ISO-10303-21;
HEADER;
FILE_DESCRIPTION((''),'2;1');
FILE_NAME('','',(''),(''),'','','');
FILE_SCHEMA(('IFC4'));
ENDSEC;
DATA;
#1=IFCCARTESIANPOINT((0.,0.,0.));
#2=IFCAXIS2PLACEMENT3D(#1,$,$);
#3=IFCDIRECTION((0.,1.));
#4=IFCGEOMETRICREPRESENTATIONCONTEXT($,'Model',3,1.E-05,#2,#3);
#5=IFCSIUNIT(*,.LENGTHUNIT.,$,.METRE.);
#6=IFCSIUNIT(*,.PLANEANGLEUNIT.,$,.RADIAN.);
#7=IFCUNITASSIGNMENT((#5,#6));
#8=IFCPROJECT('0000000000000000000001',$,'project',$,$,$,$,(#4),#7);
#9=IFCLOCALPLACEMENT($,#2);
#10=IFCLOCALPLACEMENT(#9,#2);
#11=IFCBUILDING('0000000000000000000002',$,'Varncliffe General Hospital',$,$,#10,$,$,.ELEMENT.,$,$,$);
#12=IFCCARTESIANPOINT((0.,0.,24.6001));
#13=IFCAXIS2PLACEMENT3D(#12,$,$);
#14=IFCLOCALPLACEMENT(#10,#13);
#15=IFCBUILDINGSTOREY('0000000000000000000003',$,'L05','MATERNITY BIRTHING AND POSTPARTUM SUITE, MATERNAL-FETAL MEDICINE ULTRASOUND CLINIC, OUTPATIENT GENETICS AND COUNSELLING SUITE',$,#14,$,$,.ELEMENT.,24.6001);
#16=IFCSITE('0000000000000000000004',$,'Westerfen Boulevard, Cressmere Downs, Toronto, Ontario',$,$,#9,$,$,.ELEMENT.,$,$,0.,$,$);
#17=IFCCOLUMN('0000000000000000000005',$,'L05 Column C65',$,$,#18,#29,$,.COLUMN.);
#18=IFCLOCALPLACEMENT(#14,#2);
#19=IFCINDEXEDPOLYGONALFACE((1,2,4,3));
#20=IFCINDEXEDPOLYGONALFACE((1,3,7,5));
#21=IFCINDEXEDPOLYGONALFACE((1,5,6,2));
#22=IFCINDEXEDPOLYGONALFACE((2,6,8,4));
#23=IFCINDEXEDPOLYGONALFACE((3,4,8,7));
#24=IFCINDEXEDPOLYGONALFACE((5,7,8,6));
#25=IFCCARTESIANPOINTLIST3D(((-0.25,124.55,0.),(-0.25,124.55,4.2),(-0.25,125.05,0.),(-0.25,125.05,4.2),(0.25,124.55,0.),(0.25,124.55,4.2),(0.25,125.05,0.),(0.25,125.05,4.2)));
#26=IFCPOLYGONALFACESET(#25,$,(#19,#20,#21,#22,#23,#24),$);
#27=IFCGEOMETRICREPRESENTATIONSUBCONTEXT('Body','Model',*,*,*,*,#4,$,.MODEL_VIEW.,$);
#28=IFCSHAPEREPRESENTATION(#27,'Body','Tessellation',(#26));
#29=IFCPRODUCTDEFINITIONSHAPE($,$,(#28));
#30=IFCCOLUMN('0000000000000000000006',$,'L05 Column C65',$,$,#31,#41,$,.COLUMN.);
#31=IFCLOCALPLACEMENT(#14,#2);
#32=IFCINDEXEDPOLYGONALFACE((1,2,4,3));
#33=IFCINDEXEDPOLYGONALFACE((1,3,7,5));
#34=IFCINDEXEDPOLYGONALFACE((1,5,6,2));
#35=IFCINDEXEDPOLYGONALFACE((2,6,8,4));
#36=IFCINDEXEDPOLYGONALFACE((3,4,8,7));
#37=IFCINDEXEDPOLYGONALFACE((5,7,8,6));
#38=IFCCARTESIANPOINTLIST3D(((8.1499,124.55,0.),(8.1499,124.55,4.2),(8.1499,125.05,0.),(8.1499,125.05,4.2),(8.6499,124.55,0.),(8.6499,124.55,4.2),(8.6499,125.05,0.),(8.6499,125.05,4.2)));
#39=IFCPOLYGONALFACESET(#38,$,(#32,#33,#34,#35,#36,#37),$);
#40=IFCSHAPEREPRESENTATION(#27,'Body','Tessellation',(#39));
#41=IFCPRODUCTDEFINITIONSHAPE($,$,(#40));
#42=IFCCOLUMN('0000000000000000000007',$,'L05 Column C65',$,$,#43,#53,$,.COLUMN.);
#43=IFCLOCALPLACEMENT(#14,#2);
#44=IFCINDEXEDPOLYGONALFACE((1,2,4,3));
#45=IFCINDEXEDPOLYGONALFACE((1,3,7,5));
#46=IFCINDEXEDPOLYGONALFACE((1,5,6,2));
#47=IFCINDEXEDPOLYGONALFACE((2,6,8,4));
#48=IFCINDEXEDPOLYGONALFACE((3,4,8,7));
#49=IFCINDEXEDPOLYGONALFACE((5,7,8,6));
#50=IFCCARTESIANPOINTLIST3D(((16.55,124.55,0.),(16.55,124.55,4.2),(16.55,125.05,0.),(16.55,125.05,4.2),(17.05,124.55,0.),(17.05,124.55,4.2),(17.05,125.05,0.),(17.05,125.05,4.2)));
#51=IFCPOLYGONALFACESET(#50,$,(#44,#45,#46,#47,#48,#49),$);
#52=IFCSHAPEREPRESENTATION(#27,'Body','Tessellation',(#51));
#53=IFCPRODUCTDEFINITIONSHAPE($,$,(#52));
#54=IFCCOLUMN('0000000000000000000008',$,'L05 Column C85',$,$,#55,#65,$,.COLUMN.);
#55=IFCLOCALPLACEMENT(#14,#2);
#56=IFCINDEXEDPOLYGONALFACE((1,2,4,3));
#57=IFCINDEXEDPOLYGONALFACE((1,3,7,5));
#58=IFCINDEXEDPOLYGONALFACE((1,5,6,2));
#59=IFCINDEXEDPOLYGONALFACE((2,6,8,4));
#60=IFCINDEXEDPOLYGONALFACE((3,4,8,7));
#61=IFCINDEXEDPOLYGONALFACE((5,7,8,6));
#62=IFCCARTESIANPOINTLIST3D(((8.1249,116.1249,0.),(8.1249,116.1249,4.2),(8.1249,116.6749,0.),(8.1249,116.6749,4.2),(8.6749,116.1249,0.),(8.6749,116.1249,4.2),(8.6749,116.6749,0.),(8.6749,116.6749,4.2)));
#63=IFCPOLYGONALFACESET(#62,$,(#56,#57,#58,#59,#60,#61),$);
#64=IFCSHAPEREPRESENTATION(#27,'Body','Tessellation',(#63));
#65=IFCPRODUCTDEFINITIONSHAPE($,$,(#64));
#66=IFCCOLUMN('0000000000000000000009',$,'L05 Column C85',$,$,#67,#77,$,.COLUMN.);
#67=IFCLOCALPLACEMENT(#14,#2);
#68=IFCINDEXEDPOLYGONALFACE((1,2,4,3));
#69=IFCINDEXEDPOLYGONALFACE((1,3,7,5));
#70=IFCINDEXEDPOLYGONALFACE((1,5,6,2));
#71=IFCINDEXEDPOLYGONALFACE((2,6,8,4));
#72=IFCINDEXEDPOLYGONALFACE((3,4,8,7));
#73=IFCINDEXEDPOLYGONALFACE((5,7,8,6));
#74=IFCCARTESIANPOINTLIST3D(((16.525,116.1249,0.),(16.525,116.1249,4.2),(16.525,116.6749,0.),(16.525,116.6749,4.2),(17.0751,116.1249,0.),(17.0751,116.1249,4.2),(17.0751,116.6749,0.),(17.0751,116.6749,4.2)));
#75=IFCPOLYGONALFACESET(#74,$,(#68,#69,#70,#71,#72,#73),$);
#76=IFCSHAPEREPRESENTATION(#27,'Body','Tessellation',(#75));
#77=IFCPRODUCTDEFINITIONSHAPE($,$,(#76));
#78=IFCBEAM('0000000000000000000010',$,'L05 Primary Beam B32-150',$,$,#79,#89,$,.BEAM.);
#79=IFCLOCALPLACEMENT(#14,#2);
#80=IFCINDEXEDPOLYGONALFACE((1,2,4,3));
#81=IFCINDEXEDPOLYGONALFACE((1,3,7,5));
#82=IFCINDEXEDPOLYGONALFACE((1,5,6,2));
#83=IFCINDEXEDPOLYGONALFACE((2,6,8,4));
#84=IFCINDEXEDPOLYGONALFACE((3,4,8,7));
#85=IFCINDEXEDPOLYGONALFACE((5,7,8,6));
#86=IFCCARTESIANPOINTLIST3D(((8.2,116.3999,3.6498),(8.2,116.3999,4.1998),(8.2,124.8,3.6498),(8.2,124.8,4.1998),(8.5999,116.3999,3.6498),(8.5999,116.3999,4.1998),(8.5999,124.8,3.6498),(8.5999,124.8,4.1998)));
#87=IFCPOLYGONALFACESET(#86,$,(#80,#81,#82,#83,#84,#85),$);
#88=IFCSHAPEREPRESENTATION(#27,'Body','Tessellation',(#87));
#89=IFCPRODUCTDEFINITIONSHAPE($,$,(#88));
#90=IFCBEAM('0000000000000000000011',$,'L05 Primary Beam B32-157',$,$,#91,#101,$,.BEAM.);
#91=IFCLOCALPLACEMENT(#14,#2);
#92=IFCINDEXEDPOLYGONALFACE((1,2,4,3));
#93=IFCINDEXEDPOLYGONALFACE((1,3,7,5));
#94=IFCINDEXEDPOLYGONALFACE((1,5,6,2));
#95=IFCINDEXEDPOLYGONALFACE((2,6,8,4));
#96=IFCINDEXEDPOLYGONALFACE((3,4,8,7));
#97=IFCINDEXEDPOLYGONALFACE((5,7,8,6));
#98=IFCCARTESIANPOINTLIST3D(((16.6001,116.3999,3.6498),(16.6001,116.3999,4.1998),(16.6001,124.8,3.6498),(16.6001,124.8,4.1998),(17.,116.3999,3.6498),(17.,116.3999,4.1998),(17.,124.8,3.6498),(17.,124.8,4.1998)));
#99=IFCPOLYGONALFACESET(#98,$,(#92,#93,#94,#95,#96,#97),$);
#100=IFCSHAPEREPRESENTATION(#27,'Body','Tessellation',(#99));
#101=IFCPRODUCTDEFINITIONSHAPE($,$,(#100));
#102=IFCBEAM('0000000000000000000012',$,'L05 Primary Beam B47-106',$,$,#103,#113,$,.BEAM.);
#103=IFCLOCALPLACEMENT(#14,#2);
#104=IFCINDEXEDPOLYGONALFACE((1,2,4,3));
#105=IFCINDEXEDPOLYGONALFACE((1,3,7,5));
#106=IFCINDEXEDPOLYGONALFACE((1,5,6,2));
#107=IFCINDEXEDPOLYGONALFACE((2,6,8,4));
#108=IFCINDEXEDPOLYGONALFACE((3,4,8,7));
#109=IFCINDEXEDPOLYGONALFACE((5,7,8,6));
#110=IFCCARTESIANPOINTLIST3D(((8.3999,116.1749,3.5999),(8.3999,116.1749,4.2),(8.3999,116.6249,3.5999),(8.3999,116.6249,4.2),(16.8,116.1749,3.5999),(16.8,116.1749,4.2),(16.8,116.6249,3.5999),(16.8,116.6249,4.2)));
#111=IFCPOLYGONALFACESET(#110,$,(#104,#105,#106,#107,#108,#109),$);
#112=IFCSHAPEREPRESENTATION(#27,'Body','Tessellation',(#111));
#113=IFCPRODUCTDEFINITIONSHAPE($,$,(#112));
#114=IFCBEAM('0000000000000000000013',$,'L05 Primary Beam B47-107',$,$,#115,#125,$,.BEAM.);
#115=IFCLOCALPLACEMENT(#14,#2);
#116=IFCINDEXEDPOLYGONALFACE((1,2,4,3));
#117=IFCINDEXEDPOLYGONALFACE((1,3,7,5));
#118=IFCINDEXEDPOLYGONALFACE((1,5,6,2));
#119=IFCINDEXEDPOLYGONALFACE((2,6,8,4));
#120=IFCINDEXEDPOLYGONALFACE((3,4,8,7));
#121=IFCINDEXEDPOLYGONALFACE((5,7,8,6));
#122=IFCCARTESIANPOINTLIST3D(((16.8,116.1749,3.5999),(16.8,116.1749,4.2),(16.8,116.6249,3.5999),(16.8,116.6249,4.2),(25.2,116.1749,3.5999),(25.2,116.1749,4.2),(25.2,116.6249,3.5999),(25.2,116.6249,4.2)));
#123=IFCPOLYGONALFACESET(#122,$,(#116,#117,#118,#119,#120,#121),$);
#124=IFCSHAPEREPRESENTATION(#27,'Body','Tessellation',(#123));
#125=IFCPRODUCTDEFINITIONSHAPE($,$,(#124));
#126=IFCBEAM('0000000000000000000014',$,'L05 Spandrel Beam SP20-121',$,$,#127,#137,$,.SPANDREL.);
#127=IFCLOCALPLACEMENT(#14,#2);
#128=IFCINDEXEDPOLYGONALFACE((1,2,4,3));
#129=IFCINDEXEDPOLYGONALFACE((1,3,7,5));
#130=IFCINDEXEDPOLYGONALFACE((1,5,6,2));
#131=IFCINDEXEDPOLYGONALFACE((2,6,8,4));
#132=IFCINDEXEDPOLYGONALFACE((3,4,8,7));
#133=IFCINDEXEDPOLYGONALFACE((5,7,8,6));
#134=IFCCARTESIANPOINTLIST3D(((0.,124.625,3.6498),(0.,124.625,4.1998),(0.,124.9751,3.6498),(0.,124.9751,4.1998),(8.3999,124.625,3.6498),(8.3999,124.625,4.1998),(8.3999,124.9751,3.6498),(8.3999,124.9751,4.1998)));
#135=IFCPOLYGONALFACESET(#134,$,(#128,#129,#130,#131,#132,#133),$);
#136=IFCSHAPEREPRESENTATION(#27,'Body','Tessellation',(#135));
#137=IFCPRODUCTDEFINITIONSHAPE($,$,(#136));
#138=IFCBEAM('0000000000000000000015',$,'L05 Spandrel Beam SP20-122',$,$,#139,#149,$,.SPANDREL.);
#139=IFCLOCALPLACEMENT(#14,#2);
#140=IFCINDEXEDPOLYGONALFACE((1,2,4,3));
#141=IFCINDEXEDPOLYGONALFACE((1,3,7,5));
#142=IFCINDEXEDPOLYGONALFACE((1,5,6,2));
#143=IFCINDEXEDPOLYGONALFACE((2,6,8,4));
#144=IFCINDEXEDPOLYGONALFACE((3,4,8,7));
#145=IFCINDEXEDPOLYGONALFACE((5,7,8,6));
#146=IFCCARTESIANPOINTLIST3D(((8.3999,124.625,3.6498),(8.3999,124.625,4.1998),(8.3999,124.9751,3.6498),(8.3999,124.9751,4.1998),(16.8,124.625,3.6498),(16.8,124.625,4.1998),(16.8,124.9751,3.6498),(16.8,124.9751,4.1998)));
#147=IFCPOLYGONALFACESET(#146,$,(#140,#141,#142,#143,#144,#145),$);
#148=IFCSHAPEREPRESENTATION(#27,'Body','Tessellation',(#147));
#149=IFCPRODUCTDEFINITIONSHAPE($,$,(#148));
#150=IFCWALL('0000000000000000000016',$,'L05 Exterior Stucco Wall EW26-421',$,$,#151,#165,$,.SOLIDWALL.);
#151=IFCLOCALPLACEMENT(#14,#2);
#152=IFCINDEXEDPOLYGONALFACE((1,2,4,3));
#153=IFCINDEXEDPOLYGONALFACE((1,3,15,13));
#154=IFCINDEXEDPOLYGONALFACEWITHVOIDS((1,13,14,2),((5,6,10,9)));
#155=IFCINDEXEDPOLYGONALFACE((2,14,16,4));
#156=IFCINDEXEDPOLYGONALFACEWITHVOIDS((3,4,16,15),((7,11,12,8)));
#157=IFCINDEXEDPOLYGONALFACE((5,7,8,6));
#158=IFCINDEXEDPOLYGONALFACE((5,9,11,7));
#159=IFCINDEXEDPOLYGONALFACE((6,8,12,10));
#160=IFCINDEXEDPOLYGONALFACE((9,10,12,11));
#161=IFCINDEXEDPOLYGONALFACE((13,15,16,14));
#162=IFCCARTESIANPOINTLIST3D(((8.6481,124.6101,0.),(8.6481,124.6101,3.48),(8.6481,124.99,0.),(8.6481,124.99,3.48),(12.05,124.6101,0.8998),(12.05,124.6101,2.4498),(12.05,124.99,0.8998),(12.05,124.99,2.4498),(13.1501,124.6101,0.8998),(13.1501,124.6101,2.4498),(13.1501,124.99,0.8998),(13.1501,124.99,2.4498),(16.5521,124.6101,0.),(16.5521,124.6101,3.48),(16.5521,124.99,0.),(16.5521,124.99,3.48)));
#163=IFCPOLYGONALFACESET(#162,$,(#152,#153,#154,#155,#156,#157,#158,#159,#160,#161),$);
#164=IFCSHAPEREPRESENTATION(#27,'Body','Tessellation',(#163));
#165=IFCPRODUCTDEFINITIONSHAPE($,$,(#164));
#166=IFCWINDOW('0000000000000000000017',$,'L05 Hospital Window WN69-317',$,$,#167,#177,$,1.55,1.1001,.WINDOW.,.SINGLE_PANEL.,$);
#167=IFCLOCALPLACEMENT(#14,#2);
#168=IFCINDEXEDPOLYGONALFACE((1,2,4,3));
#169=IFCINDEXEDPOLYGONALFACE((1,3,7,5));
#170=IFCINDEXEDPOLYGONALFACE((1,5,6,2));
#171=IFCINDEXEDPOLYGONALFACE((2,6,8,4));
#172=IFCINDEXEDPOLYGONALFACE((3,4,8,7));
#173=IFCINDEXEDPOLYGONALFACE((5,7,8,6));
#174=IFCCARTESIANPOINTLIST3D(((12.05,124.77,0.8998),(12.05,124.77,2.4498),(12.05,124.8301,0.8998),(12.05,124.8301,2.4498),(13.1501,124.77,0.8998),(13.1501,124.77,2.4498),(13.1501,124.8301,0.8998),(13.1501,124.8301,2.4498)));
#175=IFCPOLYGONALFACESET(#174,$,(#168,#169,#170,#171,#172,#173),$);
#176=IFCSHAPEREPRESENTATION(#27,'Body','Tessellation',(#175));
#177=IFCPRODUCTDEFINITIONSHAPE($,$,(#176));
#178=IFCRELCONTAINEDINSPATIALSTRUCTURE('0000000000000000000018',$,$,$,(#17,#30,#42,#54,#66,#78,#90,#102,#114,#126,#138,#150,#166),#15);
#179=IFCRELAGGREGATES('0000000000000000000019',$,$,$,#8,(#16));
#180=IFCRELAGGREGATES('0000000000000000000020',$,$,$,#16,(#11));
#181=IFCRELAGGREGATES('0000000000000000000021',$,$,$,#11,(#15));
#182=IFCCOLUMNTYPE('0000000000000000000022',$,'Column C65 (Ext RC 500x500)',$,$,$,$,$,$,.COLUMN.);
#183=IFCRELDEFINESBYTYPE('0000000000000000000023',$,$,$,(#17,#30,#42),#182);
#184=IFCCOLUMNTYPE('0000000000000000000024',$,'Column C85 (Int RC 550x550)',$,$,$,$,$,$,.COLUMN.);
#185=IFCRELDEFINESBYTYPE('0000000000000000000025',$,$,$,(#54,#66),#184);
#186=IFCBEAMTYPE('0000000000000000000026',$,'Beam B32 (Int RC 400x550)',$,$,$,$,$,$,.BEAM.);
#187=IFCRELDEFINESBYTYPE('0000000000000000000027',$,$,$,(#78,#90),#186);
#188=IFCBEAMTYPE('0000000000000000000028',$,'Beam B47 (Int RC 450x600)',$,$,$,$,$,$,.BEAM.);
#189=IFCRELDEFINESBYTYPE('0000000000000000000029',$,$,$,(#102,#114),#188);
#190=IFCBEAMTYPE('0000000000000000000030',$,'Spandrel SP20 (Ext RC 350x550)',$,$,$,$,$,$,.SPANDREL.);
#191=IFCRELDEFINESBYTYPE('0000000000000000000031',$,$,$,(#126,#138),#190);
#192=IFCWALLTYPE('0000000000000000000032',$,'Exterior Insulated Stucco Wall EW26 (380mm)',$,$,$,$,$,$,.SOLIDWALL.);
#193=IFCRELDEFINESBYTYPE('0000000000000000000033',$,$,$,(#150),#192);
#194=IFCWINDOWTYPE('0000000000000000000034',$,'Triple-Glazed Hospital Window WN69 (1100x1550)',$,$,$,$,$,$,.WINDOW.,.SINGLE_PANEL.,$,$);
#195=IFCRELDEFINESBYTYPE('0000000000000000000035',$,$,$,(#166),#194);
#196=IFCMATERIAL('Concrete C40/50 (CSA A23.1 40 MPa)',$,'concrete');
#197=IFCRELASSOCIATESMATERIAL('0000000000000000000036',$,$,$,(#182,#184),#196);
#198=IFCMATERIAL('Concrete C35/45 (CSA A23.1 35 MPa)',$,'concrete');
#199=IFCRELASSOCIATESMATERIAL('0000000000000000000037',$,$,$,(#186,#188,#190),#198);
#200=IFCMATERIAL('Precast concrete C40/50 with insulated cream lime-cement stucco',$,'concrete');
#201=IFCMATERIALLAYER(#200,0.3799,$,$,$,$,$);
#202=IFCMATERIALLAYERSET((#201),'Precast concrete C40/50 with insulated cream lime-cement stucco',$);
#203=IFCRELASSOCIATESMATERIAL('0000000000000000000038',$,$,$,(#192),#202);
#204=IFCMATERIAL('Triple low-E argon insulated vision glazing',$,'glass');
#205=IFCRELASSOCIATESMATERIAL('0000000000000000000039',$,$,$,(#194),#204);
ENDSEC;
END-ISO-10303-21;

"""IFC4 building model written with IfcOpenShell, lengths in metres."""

from ifc_helpers import new_model, si_unit, direction, frame, frame_2d, origin, origin_2d, place, context, subcontext, project, spatial, rectangle, extrude, material, layer, layer_set, material_profile, profile_set, type_object, element, fill, save


model = new_model("IFC4")

# Units and contexts
model_context = context("Model", 3, precision=1e-05, world=origin(), true_north=direction((0.0, 1.0)))
body_context = subcontext(model_context, "Body", "Model", "MODEL_VIEW")
ifc_project = project(units=[si_unit("LENGTHUNIT", "METRE"), si_unit("PLANEANGLEUNIT", "RADIAN")], contexts=[model_context])

# Site, building, storey
site_placement = place(None, origin())
site = spatial("IfcSite", under=ifc_project, at=site_placement, Name="Westerfen Boulevard, Cressmere Downs, Toronto, Ontario", CompositionType="ELEMENT", RefElevation=0.0)
building_placement = place(site_placement, origin())
building = spatial("IfcBuilding", under=site, at=building_placement, Name="Varncliffe General Hospital", CompositionType="ELEMENT")
storey_placement = place(building_placement, frame((0.0, 0.0, 24.6001)))
storey = spatial("IfcBuildingStorey", under=building, at=storey_placement, Name="L05", Description="MATERNITY BIRTHING AND POSTPARTUM SUITE, MATERNAL-FETAL MEDICINE ULTRASOUND CLINIC, OUTPATIENT GENETICS AND COUNSELLING SUITE", CompositionType="ELEMENT", Elevation=24.6001)

# Columns
ifc_material_1 = material(Name="Concrete C40/50 (CSA A23.1 40 MPa)", Category="concrete")
ifc_material_profile_1 = material_profile(ifc_material_1, rectangle(XDim=0.5, YDim=0.5, at=origin_2d()), Name="RC 500x500")
ifc_profile_set_1 = profile_set([ifc_material_profile_1], Name="Concrete C40/50 (CSA A23.1 40 MPa)")
column_type_1 = type_object("IfcColumnType", Name="Column C65 (Ext RC 500x500)", PredefinedType="COLUMN", material=ifc_profile_set_1)
for number, where, z_axis, x_axis, name in (
    (1, (0.0, 124.8, 0.0), (0.0, 0.0, 1.0), (1.0, 0.0, 0.0), "L05 Column C65"),
    (2, (8.3999, 124.8, 0.0), (0.0, 0.0, 1.0), (1.0, 0.0, 0.0), "L05 Column C65"),
    (3, (16.8, 124.8, 0.0), (0.0, 0.0, 1.0), (1.0, 0.0, 0.0), "L05 Column C65"),
):
    element("IfcColumn", number, at=place(storey_placement, frame(where, z_axis=z_axis, x_axis=x_axis)), inside=storey, type_object=column_type_1, Name=name, PredefinedType="COLUMN", context=body_context, shape_type="SweptSolid", body=[
        extrude(rectangle(XDim=0.5, YDim=0.5, at=origin_2d()), origin(), (0.0, 0.0, 1.0), 4.2),
    ])
ifc_material_profile_2 = material_profile(ifc_material_1, rectangle(XDim=0.55, YDim=0.55, at=origin_2d()), Name="RC 550x550")
ifc_profile_set_2 = profile_set([ifc_material_profile_2], Name="Concrete C40/50 (CSA A23.1 40 MPa)")
column_type_2 = type_object("IfcColumnType", Name="Column C85 (Int RC 550x550)", PredefinedType="COLUMN", material=ifc_profile_set_2)
for number, where, z_axis, x_axis, name in (
    (4, (8.3999, 116.3999, 0.0), (0.0, 0.0, 1.0), (1.0, 0.0, 0.0), "L05 Column C85"),
    (5, (16.8, 116.3999, 0.0), (0.0, 0.0, 1.0), (1.0, 0.0, 0.0), "L05 Column C85"),
):
    element("IfcColumn", number, at=place(storey_placement, frame(where, z_axis=z_axis, x_axis=x_axis)), inside=storey, type_object=column_type_2, Name=name, PredefinedType="COLUMN", context=body_context, shape_type="SweptSolid", body=[
        extrude(rectangle(XDim=0.55, YDim=0.55, at=origin_2d()), origin(), (0.0, 0.0, 1.0), 4.2),
    ])

# Beams
ifc_material_2 = material(Name="Concrete C35/45 (CSA A23.1 35 MPa)", Category="concrete")
ifc_material_profile_3 = material_profile(ifc_material_2, rectangle(XDim=0.3999, YDim=0.55, at=origin_2d()), Name="RC 400x550")
ifc_profile_set_3 = profile_set([ifc_material_profile_3], Name="Concrete C35/45 (CSA A23.1 35 MPa)")
beam_type_1 = type_object("IfcBeamType", Name="Beam B32 (Int RC 400x550)", PredefinedType="BEAM", material=ifc_profile_set_3)
for number, where, z_axis, x_axis, name in (
    (6, (8.3999, 116.3999, 3.9248), (0.0, 1.0, 0.0), (-1.0, 0.0, 0.0), "L05 Primary Beam B32-150"),
    (7, (16.8, 116.3999, 3.9248), (0.0, 1.0, 0.0), (-1.0, 0.0, 0.0), "L05 Primary Beam B32-157"),
):
    element("IfcBeam", number, at=place(storey_placement, frame(where, z_axis=z_axis, x_axis=x_axis)), inside=storey, type_object=beam_type_1, Name=name, PredefinedType="BEAM", context=body_context, shape_type="SweptSolid", body=[
        extrude(rectangle(XDim=0.3999, YDim=0.55, at=origin_2d()), origin(), (0.0, 0.0, 1.0), 8.4001),
    ])
ifc_material_profile_4 = material_profile(ifc_material_2, rectangle(XDim=0.45, YDim=0.6001, at=origin_2d()), Name="RC 450x600")
ifc_profile_set_4 = profile_set([ifc_material_profile_4], Name="Concrete C35/45 (CSA A23.1 35 MPa)")
beam_type_2 = type_object("IfcBeamType", Name="Beam B47 (Int RC 450x600)", PredefinedType="BEAM", material=ifc_profile_set_4)
beam_1_placement = place(storey_placement, frame((8.3999, 116.3999, 3.8999), z_axis=(1.0, 0.0, 0.0), x_axis=(0.0, 1.0, 0.0)))
element("IfcBeam", 8, at=beam_1_placement, inside=storey, type_object=beam_type_2, Name="L05 Primary Beam B47-106", PredefinedType="BEAM", context=body_context, shape_type="SweptSolid", body=[
    extrude(rectangle(XDim=0.45, YDim=0.6001, at=origin_2d()), origin(), (0.0, 0.0, 1.0), 8.4001),
])
beam_2_placement = place(storey_placement, frame((16.8, 116.3999, 3.8999), z_axis=(1.0, 0.0, 0.0), x_axis=(0.0, 1.0, 0.0)))
element("IfcBeam", 9, at=beam_2_placement, inside=storey, type_object=beam_type_2, Name="L05 Primary Beam B47-107", PredefinedType="BEAM", context=body_context, shape_type="SweptSolid", body=[
    extrude(rectangle(XDim=0.45, YDim=0.6001, at=origin_2d()), origin(), (0.0, 0.0, 1.0), 8.3999),
])
ifc_material_profile_5 = material_profile(ifc_material_2, rectangle(XDim=0.3501, YDim=0.55, at=origin_2d()), Name="RC 350x550")
ifc_profile_set_5 = profile_set([ifc_material_profile_5], Name="Concrete C35/45 (CSA A23.1 35 MPa)")
beam_type_3 = type_object("IfcBeamType", Name="Spandrel SP20 (Ext RC 350x550)", PredefinedType="SPANDREL", material=ifc_profile_set_5)
beam_3_placement = place(storey_placement, frame((0.0, 124.8, 3.9248), z_axis=(1.0, 0.0, 0.0), x_axis=(0.0, 1.0, 0.0)))
element("IfcBeam", 10, at=beam_3_placement, inside=storey, type_object=beam_type_3, Name="L05 Spandrel Beam SP20-121", PredefinedType="SPANDREL", context=body_context, shape_type="SweptSolid", body=[
    extrude(rectangle(XDim=0.3501, YDim=0.55, at=origin_2d()), origin(), (0.0, 0.0, 1.0), 8.3999),
])
beam_4_placement = place(storey_placement, frame((8.3999, 124.8, 3.9248), z_axis=(1.0, 0.0, 0.0), x_axis=(0.0, 1.0, 0.0)))
element("IfcBeam", 11, at=beam_4_placement, inside=storey, type_object=beam_type_3, Name="L05 Spandrel Beam SP20-122", PredefinedType="SPANDREL", context=body_context, shape_type="SweptSolid", body=[
    extrude(rectangle(XDim=0.3501, YDim=0.55, at=origin_2d()), origin(), (0.0, 0.0, 1.0), 8.4001),
])

# Wall, opening, window
ifc_material_3 = material(Name="Precast concrete C40/50 with insulated cream lime-cement stucco", Category="concrete")
ifc_layer_1 = layer(ifc_material_3, 0.3799)
ifc_layer_set_1 = layer_set([ifc_layer_1], Name="Precast concrete C40/50 with insulated cream lime-cement stucco")
wall_type_1 = type_object("IfcWallType", Name="Exterior Insulated Stucco Wall EW26 (380mm)", PredefinedType="SOLIDWALL", material=ifc_layer_set_1)
wall_1_placement = place(storey_placement, frame((8.6479, 124.8, 0.0), z_axis=(0.0, 0.0, 1.0), x_axis=(1.0, 0.0, 0.0)))
wall_1 = element("IfcWall", 12, at=wall_1_placement, inside=storey, type_object=wall_type_1, Name="L05 Exterior Stucco Wall EW26-421", PredefinedType="SOLIDWALL", context=body_context, shape_type="SweptSolid", body=[
    extrude(rectangle(XDim=7.9041, YDim=0.3799, at=frame_2d((3.9521, 0.0))), origin(), (0.0, 0.0, 1.0), 3.48),
])
opening_1_placement = place(wall_1_placement, frame((3.4021, 0.0, 0.8999)))
opening_1 = element("IfcOpeningElement", 13, at=opening_1_placement, cuts=wall_1, PredefinedType="OPENING", context=body_context, shape_type="SweptSolid", body=[
    extrude(rectangle(XDim=1.1001, YDim=1.55, at=frame_2d((0.55, 0.7749))), frame((0.0, 0.2, 0.0), z_axis=(0.0, -1.0, 0.0), x_axis=(1.0, 0.0, 0.0)), (0.0, 0.0, 1.0), 0.3999),
])
ifc_material_4 = material(Name="Triple low-E argon insulated vision glazing", Category="glass")
window_type_1 = type_object("IfcWindowType", Name="Triple-Glazed Hospital Window WN69 (1100x1550)", PartitioningType="SINGLE_PANEL", PredefinedType="WINDOW", material=ifc_material_4)
window_1_placement = place(opening_1_placement, origin())
window_1 = element("IfcWindow", 14, at=window_1_placement, inside=storey, type_object=window_type_1, Name="L05 Hospital Window WN69-317", OverallHeight=1.55, OverallWidth=1.1001, PartitioningType="SINGLE_PANEL", PredefinedType="WINDOW", context=body_context, shape_type="SweptSolid", body=[
    extrude(rectangle(XDim=1.1001, YDim=1.55, at=frame_2d((0.55, 0.7749))), frame((0.0, 0.03, 0.0), z_axis=(0.0, -1.0, 0.0), x_axis=(1.0, 0.0, 0.0)), (0.0, 0.0, 1.0), 0.0601),
])
fill(opening_1, window_1)

save(model, "model.ifc")
